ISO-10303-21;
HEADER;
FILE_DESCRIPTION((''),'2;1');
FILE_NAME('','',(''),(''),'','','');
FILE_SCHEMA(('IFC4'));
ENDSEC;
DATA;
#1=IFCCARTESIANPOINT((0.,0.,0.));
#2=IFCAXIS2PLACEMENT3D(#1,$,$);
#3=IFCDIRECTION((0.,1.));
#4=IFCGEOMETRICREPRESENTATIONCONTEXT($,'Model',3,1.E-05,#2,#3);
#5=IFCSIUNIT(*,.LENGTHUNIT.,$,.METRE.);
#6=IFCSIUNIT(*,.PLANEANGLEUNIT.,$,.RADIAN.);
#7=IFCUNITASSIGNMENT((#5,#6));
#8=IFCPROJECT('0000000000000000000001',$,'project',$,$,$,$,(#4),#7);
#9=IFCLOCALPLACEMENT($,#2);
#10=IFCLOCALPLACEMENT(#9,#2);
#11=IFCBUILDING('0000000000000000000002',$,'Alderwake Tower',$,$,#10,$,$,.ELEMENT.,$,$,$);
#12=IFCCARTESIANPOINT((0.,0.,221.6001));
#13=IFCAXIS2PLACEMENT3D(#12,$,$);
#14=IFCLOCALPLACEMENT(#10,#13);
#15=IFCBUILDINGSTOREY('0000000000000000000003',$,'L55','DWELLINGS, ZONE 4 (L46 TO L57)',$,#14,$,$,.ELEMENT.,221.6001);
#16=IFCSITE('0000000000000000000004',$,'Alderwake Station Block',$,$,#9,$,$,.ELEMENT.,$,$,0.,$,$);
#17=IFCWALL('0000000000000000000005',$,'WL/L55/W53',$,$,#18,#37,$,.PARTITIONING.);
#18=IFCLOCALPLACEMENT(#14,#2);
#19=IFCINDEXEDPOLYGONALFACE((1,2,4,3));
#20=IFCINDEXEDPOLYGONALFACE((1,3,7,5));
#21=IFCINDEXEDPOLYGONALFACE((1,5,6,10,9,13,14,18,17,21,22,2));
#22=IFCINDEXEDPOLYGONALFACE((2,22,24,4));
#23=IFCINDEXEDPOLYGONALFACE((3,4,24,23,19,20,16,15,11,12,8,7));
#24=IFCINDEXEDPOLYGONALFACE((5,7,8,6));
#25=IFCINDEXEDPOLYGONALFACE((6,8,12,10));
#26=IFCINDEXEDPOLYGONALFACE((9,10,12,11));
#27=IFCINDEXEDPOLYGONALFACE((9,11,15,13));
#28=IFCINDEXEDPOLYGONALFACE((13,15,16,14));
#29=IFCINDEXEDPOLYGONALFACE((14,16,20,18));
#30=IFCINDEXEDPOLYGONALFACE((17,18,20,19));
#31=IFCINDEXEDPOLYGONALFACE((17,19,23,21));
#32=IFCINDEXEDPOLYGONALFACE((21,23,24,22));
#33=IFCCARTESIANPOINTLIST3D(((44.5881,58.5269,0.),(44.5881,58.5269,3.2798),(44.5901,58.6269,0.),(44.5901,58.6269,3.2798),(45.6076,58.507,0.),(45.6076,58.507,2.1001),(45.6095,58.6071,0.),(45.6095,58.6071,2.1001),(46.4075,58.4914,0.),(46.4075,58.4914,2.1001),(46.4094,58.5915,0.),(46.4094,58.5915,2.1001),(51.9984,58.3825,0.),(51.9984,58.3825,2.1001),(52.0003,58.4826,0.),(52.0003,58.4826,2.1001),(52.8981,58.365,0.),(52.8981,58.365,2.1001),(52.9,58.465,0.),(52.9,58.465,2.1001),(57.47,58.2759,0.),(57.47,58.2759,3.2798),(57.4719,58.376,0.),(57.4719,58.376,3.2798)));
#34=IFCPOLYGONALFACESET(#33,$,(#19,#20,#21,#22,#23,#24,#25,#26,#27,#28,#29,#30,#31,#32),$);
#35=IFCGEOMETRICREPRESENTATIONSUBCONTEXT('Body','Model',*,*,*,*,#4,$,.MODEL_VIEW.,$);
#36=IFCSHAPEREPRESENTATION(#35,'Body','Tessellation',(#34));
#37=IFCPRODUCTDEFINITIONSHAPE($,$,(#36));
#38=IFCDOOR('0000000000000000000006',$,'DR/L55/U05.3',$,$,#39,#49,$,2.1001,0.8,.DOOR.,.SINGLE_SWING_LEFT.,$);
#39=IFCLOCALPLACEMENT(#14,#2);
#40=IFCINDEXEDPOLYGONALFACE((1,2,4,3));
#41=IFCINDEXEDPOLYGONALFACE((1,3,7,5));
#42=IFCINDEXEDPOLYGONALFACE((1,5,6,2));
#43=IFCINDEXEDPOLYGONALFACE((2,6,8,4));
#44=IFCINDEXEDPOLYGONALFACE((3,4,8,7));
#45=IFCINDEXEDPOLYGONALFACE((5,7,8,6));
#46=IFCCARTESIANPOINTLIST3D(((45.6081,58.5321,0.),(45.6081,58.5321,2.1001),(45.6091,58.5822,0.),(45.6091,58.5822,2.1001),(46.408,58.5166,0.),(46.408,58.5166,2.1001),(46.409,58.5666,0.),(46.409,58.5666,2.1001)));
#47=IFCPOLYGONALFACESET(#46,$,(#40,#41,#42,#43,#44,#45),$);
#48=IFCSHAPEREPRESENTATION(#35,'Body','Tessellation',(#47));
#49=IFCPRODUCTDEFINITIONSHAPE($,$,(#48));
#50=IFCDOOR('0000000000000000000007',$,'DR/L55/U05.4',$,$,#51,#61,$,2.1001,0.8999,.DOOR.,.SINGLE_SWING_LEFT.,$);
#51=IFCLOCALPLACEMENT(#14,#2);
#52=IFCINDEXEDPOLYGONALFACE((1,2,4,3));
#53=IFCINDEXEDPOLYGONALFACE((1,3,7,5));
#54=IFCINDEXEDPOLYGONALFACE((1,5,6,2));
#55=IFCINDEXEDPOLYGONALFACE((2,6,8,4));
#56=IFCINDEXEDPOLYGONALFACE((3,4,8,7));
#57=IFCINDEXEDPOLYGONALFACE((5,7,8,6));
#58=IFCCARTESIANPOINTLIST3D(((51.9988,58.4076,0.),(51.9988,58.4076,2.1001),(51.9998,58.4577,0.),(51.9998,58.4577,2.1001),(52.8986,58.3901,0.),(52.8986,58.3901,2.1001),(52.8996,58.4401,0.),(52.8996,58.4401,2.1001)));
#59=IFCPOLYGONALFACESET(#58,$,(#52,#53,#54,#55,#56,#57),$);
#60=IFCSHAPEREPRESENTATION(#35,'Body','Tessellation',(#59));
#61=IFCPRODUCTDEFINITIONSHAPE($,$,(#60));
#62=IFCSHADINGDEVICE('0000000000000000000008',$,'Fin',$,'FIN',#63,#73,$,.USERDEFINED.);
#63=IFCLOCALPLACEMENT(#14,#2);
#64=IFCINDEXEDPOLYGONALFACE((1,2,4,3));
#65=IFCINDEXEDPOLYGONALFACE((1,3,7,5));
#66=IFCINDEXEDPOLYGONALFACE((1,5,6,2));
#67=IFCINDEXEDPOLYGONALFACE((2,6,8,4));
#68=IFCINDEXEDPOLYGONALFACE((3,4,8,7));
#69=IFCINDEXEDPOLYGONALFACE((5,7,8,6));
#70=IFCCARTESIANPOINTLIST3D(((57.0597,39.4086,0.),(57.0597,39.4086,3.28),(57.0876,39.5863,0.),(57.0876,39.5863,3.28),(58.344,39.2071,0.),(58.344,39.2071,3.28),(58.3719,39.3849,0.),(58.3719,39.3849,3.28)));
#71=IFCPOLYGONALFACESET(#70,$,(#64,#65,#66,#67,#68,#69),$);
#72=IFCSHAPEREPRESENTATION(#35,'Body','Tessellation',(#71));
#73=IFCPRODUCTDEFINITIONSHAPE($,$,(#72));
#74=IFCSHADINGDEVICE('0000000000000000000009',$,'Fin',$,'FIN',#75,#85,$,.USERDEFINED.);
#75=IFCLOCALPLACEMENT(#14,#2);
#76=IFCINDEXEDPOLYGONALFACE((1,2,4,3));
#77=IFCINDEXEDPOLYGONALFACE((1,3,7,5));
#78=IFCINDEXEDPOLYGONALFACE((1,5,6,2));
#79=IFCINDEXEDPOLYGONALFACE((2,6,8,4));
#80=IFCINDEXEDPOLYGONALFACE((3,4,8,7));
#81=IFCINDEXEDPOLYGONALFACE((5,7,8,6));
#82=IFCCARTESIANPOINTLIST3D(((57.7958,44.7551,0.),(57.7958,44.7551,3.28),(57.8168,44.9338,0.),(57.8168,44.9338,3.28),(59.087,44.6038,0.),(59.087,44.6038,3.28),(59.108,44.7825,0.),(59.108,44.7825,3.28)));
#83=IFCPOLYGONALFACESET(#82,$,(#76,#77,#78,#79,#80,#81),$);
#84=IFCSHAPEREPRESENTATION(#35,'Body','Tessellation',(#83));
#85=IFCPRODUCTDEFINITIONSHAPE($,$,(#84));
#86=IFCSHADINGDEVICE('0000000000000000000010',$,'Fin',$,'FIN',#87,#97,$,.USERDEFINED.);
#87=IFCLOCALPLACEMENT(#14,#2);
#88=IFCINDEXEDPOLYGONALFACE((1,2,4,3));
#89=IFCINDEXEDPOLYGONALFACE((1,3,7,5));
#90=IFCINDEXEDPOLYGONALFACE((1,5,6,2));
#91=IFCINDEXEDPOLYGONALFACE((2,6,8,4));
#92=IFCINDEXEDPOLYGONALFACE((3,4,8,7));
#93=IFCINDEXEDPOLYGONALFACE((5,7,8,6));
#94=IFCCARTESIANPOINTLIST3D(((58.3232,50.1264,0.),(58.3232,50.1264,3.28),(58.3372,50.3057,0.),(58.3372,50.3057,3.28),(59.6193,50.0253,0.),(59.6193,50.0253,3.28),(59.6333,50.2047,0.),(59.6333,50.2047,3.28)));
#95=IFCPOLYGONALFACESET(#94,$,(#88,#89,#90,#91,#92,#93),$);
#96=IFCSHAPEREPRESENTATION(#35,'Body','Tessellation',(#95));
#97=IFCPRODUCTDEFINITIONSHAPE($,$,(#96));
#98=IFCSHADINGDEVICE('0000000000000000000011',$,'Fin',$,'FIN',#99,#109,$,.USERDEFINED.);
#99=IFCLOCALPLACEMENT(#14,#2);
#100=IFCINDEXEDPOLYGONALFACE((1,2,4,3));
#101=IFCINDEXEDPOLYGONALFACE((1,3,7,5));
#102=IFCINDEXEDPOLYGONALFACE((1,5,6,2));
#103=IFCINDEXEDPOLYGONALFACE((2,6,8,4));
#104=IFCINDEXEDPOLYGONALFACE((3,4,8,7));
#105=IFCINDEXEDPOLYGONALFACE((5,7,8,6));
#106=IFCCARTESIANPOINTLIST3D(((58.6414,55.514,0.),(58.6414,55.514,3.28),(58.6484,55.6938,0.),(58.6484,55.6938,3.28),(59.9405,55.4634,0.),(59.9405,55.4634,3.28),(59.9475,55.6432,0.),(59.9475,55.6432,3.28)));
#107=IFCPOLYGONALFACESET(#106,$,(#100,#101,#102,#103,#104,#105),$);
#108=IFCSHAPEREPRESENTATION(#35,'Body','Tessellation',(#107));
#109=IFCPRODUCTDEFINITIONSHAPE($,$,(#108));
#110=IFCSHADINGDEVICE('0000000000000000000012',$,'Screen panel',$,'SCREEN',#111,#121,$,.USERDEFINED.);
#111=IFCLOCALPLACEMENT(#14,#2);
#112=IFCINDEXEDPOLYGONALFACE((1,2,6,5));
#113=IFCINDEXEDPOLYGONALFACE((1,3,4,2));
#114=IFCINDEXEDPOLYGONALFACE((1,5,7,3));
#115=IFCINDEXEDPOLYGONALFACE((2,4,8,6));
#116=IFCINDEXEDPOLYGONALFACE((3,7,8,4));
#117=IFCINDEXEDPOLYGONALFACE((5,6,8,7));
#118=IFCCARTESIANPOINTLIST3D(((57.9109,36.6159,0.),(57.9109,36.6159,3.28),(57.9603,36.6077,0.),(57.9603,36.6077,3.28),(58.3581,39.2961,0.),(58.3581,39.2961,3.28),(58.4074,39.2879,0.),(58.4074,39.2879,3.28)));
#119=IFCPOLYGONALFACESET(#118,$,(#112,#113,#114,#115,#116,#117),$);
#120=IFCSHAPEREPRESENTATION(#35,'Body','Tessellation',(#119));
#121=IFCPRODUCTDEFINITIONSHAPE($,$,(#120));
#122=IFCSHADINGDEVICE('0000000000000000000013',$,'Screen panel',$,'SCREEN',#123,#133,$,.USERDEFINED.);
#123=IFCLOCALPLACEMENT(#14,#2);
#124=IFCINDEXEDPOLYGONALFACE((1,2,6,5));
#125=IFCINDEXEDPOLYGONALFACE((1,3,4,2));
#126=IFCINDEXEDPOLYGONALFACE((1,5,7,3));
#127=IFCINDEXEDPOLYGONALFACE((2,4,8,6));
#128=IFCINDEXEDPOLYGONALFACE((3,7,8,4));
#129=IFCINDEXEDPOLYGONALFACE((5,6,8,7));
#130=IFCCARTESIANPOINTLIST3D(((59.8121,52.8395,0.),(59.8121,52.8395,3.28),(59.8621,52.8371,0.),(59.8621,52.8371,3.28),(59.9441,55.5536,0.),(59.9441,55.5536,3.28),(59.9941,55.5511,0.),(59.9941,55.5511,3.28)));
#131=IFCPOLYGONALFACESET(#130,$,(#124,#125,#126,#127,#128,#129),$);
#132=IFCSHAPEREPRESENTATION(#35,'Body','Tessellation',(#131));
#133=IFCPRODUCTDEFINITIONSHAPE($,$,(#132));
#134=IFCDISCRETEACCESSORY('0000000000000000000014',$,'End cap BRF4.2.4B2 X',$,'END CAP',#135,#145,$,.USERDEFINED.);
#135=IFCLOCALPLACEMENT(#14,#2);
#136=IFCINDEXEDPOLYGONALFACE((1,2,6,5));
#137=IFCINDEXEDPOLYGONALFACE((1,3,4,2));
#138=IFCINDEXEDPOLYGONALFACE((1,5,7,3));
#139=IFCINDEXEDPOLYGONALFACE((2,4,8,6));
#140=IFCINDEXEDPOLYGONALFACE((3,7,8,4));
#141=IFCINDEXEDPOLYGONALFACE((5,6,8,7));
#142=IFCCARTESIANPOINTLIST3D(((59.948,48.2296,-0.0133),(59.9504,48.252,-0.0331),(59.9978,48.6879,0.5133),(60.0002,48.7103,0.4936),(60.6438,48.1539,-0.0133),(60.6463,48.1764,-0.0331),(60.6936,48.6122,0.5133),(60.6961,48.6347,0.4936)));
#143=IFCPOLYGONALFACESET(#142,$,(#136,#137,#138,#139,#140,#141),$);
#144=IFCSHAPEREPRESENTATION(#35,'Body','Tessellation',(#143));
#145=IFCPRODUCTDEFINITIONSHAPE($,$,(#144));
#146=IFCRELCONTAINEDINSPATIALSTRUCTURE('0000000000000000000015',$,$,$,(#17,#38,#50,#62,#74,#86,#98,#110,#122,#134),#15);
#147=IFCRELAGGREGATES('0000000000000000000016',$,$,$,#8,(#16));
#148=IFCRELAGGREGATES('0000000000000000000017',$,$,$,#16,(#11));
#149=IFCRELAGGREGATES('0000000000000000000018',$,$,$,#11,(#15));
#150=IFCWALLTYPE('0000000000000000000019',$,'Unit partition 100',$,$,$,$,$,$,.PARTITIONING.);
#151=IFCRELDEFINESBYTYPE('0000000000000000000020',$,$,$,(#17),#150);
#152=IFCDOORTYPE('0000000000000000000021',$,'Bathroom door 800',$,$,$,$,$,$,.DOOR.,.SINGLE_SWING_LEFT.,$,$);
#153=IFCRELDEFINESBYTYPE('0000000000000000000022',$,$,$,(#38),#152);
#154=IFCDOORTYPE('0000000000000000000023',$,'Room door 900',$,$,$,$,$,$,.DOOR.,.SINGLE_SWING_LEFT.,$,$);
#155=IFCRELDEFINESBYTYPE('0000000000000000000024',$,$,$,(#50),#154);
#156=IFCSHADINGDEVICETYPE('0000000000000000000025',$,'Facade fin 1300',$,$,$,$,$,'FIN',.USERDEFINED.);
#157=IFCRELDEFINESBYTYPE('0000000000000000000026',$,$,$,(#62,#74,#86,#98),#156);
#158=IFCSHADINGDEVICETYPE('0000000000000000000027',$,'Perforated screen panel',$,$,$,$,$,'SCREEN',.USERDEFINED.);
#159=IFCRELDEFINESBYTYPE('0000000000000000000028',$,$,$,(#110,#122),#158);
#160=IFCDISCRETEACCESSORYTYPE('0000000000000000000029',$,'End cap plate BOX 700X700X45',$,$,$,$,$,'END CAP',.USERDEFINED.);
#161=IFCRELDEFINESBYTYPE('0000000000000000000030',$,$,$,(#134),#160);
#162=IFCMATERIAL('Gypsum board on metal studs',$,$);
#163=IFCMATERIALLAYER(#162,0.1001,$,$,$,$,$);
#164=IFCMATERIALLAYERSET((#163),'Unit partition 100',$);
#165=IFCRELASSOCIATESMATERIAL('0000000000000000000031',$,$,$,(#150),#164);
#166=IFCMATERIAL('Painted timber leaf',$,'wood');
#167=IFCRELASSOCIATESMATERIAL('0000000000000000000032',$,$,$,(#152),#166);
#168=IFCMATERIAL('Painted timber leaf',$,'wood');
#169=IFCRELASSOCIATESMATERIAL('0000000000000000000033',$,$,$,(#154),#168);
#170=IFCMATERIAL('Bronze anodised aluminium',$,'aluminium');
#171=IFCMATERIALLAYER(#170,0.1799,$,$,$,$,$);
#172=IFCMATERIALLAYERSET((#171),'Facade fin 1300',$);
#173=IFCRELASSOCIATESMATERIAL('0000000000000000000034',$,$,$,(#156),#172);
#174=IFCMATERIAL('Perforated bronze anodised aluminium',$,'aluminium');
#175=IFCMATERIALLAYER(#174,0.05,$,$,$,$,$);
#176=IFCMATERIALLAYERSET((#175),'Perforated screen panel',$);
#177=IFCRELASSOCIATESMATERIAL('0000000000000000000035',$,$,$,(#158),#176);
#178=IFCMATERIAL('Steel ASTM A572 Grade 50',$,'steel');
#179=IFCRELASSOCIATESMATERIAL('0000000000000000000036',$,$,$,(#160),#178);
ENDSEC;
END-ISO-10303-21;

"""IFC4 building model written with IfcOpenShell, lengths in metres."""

from ifc_helpers import new_model, si_unit, direction, frame, frame_2d, origin, origin_2d, place, context, subcontext, project, spatial, rectangle, extrude, material, layer, layer_set, material_profile, profile_set, type_object, element, fill, save


model = new_model("IFC4")

# Units and contexts
model_context = context("Model", 3, precision=1e-05, world=origin(), true_north=direction((0.0, 1.0)))
body_context = subcontext(model_context, "Body", "Model", "MODEL_VIEW")
ifc_project = project(units=[si_unit("LENGTHUNIT", "METRE"), si_unit("PLANEANGLEUNIT", "RADIAN")], contexts=[model_context])

# Site, building, storey
site_placement = place(None, origin())
site = spatial("IfcSite", under=ifc_project, at=site_placement, Name="Alderwake Station Block", CompositionType="ELEMENT", RefElevation=0.0)
building_placement = place(site_placement, origin())
building = spatial("IfcBuilding", under=site, at=building_placement, Name="Alderwake Tower", CompositionType="ELEMENT")
storey_placement = place(building_placement, frame((0.0, 0.0, 221.6001)))
storey = spatial("IfcBuildingStorey", under=building, at=storey_placement, Name="L55", Description="DWELLINGS, ZONE 4 (L46 TO L57)", CompositionType="ELEMENT", Elevation=221.6001)

# Wall, openings, doors
ifc_material_1 = material(Name="Gypsum board on metal studs")
ifc_layer_1 = layer(ifc_material_1, 0.1001)
ifc_layer_set_1 = layer_set([ifc_layer_1], Name="Unit partition 100")
wall_type_1 = type_object("IfcWallType", Name="Unit partition 100", PredefinedType="PARTITIONING", material=ifc_layer_set_1)
ifc_material_2 = material(Name="Painted timber leaf", Category="wood")
door_type_1 = type_object("IfcDoorType", Name="Bathroom door 800", OperationType="SINGLE_SWING_LEFT", PredefinedType="DOOR", material=ifc_material_2)
ifc_material_3 = material(Name="Painted timber leaf", Category="wood")
door_type_2 = type_object("IfcDoorType", Name="Room door 900", OperationType="SINGLE_SWING_LEFT", PredefinedType="DOOR", material=ifc_material_3)
wall_1_placement = place(storey_placement, frame((57.4709, 58.3259, 0.0), z_axis=(0.0, 0.0, 1.0), x_axis=(-0.99981, 0.019479, 0.0)))
wall_1 = element("IfcWall", 1, at=wall_1_placement, inside=storey, type_object=wall_type_1, Name="WL/L55/W53", PredefinedType="PARTITIONING", context=body_context, shape_type="SweptSolid", body=[
    extrude(rectangle(XDim=12.8843, YDim=0.1001, at=frame_2d((6.4421, 0.0))), origin(), (0.0, 0.0, 1.0), 3.2798),
])
opening_1_placement = place(wall_1_placement, frame((11.0647, 0.0, 0.0)))
opening_1 = element("IfcOpeningElement", 2, at=opening_1_placement, cuts=wall_1, PredefinedType="OPENING", context=body_context, shape_type="SweptSolid", body=[
    extrude(rectangle(XDim=0.8, YDim=2.1001, at=frame_2d((0.3999, 1.05))), frame((0.0, 0.0601, 0.0), z_axis=(0.0, -1.0, 0.0), x_axis=(1.0, 0.0, 0.0)), (0.0, 0.0, 1.0), 0.1201),
])
opening_2_placement = place(wall_1_placement, frame((4.5728, 0.0, 0.0)))
opening_2 = element("IfcOpeningElement", 3, at=opening_2_placement, cuts=wall_1, PredefinedType="OPENING", context=body_context, shape_type="SweptSolid", body=[
    extrude(rectangle(XDim=0.8999, YDim=2.1001, at=frame_2d((0.45, 1.05))), frame((0.0, 0.0601, 0.0), z_axis=(0.0, -1.0, 0.0), x_axis=(1.0, 0.0, 0.0)), (0.0, 0.0, 1.0), 0.1201),
])
door_1_placement = place(opening_1_placement, origin())
door_1 = element("IfcDoor", 4, at=door_1_placement, inside=storey, type_object=door_type_1, Name="DR/L55/U05.3", OperationType="SINGLE_SWING_LEFT", OverallHeight=2.1001, OverallWidth=0.8, PredefinedType="DOOR", context=body_context, shape_type="SweptSolid", body=[
    extrude(rectangle(XDim=0.8, YDim=2.1001, at=frame_2d((0.3999, 1.05))), frame((0.0, 0.0249, 0.0), z_axis=(0.0, -1.0, 0.0), x_axis=(1.0, 0.0, 0.0)), (0.0, 0.0, 1.0), 0.05),
])
fill(opening_1, door_1)
door_2_placement = place(opening_2_placement, origin())
door_2 = element("IfcDoor", 5, at=door_2_placement, inside=storey, type_object=door_type_2, Name="DR/L55/U05.4", OperationType="SINGLE_SWING_LEFT", OverallHeight=2.1001, OverallWidth=0.8999, PredefinedType="DOOR", context=body_context, shape_type="SweptSolid", body=[
    extrude(rectangle(XDim=0.8999, YDim=2.1001, at=frame_2d((0.45, 1.05))), frame((0.0, 0.0249, 0.0), z_axis=(0.0, -1.0, 0.0), x_axis=(1.0, 0.0, 0.0)), (0.0, 0.0, 1.0), 0.05),
])
fill(opening_2, door_2)

# Shading devices
ifc_material_4 = material(Name="Bronze anodised aluminium", Category="aluminium")
ifc_layer_2 = layer(ifc_material_4, 0.1799)
ifc_layer_set_2 = layer_set([ifc_layer_2], Name="Facade fin 1300")
shading_device_type_1 = type_object("IfcShadingDeviceType", Name="Facade fin 1300", ElementType="FIN", PredefinedType="USERDEFINED", material=ifc_layer_set_2)
for number, where, z_axis, x_axis, name in (
    (6, (57.7158, 39.3967, 0.0), (0.0, 0.0, 1.0), (0.987919, -0.154972, 0.0), "Fin"),
    (7, (58.4519, 44.7688, 0.0), (0.0, 0.0, 1.0), (0.993198, -0.116435, 0.0), "Fin"),
    (8, (58.9783, 50.1655, 0.0), (0.0, 0.0, 1.0), (0.996975, -0.077721, 0.0), "Fin"),
    (9, (59.2944, 55.5786, 0.0), (0.0, 0.0, 1.0), (0.999243, -0.03889, 0.0), "Fin"),
):
    element("IfcShadingDevice", number, at=place(storey_placement, frame(where, z_axis=z_axis, x_axis=x_axis)), inside=storey, type_object=shading_device_type_1, Name=name, ObjectType="FIN", PredefinedType="USERDEFINED", context=body_context, shape_type="SweptSolid", body=[
        extrude(rectangle(XDim=1.3, YDim=0.1799, at=origin_2d()), origin(), (0.0, 0.0, 1.0), 3.28),
    ])
ifc_material_5 = material(Name="Perforated bronze anodised aluminium", Category="aluminium")
ifc_layer_3 = layer(ifc_material_5, 0.05)
ifc_layer_set_3 = layer_set([ifc_layer_3], Name="Perforated screen panel")
shading_device_type_2 = type_object("IfcShadingDeviceType", Name="Perforated screen panel", ElementType="SCREEN", PredefinedType="USERDEFINED", material=ifc_layer_set_3)
for number, where, z_axis, x_axis, name in (
    (10, (58.1592, 37.9519, 0.0), (0.0, 0.0, 1.0), (0.986369, -0.164548, 0.0), "Screen panel"),
    (11, (59.9031, 54.1953, 0.0), (0.0, 0.0, 1.0), (0.998819, -0.048581, 0.0), "Screen panel"),
):
    element("IfcShadingDevice", number, at=place(storey_placement, frame(where, z_axis=z_axis, x_axis=x_axis)), inside=storey, type_object=shading_device_type_2, Name=name, ObjectType="SCREEN", PredefinedType="USERDEFINED", context=body_context, shape_type="SweptSolid", body=[
        extrude(rectangle(XDim=0.05, YDim=2.7173, at=origin_2d()), origin(), (0.0, 0.0, 1.0), 3.28),
    ])

# Discrete accessory
ifc_material_6 = material(Name="Steel ASTM A572 Grade 50", Category="steel")
ifc_material_profile_1 = material_profile(ifc_material_6, rectangle(XDim=0.7, YDim=0.7, at=origin_2d()), Name="BOX 700X700X45 cap")
ifc_profile_set_1 = profile_set([ifc_material_profile_1], Name="Steel ASTM A572 Grade 50")
discrete_accessory_type = type_object("IfcDiscreteAccessoryType", Name="End cap plate BOX 700X700X45", ElementType="END CAP", PredefinedType="USERDEFINED", material=ifc_profile_set_1)
discrete_accessory_placement = place(storey_placement, frame((60.3208, 48.4209, 0.25), z_axis=(0.081312, 0.748066, -0.658624), x_axis=(-0.994144, 0.108059, 0.0)))
element("IfcDiscreteAccessory", 12, at=discrete_accessory_placement, inside=storey, type_object=discrete_accessory_type, Name="End cap BRF4.2.4B2 X", ObjectType="END CAP", PredefinedType="USERDEFINED", context=body_context, shape_type="SweptSolid", body=[
    extrude(rectangle(XDim=0.7, YDim=0.7, at=origin_2d()), origin(), (0.0, 0.0, 1.0), 0.03),
])

save(model, "model.ifc")
